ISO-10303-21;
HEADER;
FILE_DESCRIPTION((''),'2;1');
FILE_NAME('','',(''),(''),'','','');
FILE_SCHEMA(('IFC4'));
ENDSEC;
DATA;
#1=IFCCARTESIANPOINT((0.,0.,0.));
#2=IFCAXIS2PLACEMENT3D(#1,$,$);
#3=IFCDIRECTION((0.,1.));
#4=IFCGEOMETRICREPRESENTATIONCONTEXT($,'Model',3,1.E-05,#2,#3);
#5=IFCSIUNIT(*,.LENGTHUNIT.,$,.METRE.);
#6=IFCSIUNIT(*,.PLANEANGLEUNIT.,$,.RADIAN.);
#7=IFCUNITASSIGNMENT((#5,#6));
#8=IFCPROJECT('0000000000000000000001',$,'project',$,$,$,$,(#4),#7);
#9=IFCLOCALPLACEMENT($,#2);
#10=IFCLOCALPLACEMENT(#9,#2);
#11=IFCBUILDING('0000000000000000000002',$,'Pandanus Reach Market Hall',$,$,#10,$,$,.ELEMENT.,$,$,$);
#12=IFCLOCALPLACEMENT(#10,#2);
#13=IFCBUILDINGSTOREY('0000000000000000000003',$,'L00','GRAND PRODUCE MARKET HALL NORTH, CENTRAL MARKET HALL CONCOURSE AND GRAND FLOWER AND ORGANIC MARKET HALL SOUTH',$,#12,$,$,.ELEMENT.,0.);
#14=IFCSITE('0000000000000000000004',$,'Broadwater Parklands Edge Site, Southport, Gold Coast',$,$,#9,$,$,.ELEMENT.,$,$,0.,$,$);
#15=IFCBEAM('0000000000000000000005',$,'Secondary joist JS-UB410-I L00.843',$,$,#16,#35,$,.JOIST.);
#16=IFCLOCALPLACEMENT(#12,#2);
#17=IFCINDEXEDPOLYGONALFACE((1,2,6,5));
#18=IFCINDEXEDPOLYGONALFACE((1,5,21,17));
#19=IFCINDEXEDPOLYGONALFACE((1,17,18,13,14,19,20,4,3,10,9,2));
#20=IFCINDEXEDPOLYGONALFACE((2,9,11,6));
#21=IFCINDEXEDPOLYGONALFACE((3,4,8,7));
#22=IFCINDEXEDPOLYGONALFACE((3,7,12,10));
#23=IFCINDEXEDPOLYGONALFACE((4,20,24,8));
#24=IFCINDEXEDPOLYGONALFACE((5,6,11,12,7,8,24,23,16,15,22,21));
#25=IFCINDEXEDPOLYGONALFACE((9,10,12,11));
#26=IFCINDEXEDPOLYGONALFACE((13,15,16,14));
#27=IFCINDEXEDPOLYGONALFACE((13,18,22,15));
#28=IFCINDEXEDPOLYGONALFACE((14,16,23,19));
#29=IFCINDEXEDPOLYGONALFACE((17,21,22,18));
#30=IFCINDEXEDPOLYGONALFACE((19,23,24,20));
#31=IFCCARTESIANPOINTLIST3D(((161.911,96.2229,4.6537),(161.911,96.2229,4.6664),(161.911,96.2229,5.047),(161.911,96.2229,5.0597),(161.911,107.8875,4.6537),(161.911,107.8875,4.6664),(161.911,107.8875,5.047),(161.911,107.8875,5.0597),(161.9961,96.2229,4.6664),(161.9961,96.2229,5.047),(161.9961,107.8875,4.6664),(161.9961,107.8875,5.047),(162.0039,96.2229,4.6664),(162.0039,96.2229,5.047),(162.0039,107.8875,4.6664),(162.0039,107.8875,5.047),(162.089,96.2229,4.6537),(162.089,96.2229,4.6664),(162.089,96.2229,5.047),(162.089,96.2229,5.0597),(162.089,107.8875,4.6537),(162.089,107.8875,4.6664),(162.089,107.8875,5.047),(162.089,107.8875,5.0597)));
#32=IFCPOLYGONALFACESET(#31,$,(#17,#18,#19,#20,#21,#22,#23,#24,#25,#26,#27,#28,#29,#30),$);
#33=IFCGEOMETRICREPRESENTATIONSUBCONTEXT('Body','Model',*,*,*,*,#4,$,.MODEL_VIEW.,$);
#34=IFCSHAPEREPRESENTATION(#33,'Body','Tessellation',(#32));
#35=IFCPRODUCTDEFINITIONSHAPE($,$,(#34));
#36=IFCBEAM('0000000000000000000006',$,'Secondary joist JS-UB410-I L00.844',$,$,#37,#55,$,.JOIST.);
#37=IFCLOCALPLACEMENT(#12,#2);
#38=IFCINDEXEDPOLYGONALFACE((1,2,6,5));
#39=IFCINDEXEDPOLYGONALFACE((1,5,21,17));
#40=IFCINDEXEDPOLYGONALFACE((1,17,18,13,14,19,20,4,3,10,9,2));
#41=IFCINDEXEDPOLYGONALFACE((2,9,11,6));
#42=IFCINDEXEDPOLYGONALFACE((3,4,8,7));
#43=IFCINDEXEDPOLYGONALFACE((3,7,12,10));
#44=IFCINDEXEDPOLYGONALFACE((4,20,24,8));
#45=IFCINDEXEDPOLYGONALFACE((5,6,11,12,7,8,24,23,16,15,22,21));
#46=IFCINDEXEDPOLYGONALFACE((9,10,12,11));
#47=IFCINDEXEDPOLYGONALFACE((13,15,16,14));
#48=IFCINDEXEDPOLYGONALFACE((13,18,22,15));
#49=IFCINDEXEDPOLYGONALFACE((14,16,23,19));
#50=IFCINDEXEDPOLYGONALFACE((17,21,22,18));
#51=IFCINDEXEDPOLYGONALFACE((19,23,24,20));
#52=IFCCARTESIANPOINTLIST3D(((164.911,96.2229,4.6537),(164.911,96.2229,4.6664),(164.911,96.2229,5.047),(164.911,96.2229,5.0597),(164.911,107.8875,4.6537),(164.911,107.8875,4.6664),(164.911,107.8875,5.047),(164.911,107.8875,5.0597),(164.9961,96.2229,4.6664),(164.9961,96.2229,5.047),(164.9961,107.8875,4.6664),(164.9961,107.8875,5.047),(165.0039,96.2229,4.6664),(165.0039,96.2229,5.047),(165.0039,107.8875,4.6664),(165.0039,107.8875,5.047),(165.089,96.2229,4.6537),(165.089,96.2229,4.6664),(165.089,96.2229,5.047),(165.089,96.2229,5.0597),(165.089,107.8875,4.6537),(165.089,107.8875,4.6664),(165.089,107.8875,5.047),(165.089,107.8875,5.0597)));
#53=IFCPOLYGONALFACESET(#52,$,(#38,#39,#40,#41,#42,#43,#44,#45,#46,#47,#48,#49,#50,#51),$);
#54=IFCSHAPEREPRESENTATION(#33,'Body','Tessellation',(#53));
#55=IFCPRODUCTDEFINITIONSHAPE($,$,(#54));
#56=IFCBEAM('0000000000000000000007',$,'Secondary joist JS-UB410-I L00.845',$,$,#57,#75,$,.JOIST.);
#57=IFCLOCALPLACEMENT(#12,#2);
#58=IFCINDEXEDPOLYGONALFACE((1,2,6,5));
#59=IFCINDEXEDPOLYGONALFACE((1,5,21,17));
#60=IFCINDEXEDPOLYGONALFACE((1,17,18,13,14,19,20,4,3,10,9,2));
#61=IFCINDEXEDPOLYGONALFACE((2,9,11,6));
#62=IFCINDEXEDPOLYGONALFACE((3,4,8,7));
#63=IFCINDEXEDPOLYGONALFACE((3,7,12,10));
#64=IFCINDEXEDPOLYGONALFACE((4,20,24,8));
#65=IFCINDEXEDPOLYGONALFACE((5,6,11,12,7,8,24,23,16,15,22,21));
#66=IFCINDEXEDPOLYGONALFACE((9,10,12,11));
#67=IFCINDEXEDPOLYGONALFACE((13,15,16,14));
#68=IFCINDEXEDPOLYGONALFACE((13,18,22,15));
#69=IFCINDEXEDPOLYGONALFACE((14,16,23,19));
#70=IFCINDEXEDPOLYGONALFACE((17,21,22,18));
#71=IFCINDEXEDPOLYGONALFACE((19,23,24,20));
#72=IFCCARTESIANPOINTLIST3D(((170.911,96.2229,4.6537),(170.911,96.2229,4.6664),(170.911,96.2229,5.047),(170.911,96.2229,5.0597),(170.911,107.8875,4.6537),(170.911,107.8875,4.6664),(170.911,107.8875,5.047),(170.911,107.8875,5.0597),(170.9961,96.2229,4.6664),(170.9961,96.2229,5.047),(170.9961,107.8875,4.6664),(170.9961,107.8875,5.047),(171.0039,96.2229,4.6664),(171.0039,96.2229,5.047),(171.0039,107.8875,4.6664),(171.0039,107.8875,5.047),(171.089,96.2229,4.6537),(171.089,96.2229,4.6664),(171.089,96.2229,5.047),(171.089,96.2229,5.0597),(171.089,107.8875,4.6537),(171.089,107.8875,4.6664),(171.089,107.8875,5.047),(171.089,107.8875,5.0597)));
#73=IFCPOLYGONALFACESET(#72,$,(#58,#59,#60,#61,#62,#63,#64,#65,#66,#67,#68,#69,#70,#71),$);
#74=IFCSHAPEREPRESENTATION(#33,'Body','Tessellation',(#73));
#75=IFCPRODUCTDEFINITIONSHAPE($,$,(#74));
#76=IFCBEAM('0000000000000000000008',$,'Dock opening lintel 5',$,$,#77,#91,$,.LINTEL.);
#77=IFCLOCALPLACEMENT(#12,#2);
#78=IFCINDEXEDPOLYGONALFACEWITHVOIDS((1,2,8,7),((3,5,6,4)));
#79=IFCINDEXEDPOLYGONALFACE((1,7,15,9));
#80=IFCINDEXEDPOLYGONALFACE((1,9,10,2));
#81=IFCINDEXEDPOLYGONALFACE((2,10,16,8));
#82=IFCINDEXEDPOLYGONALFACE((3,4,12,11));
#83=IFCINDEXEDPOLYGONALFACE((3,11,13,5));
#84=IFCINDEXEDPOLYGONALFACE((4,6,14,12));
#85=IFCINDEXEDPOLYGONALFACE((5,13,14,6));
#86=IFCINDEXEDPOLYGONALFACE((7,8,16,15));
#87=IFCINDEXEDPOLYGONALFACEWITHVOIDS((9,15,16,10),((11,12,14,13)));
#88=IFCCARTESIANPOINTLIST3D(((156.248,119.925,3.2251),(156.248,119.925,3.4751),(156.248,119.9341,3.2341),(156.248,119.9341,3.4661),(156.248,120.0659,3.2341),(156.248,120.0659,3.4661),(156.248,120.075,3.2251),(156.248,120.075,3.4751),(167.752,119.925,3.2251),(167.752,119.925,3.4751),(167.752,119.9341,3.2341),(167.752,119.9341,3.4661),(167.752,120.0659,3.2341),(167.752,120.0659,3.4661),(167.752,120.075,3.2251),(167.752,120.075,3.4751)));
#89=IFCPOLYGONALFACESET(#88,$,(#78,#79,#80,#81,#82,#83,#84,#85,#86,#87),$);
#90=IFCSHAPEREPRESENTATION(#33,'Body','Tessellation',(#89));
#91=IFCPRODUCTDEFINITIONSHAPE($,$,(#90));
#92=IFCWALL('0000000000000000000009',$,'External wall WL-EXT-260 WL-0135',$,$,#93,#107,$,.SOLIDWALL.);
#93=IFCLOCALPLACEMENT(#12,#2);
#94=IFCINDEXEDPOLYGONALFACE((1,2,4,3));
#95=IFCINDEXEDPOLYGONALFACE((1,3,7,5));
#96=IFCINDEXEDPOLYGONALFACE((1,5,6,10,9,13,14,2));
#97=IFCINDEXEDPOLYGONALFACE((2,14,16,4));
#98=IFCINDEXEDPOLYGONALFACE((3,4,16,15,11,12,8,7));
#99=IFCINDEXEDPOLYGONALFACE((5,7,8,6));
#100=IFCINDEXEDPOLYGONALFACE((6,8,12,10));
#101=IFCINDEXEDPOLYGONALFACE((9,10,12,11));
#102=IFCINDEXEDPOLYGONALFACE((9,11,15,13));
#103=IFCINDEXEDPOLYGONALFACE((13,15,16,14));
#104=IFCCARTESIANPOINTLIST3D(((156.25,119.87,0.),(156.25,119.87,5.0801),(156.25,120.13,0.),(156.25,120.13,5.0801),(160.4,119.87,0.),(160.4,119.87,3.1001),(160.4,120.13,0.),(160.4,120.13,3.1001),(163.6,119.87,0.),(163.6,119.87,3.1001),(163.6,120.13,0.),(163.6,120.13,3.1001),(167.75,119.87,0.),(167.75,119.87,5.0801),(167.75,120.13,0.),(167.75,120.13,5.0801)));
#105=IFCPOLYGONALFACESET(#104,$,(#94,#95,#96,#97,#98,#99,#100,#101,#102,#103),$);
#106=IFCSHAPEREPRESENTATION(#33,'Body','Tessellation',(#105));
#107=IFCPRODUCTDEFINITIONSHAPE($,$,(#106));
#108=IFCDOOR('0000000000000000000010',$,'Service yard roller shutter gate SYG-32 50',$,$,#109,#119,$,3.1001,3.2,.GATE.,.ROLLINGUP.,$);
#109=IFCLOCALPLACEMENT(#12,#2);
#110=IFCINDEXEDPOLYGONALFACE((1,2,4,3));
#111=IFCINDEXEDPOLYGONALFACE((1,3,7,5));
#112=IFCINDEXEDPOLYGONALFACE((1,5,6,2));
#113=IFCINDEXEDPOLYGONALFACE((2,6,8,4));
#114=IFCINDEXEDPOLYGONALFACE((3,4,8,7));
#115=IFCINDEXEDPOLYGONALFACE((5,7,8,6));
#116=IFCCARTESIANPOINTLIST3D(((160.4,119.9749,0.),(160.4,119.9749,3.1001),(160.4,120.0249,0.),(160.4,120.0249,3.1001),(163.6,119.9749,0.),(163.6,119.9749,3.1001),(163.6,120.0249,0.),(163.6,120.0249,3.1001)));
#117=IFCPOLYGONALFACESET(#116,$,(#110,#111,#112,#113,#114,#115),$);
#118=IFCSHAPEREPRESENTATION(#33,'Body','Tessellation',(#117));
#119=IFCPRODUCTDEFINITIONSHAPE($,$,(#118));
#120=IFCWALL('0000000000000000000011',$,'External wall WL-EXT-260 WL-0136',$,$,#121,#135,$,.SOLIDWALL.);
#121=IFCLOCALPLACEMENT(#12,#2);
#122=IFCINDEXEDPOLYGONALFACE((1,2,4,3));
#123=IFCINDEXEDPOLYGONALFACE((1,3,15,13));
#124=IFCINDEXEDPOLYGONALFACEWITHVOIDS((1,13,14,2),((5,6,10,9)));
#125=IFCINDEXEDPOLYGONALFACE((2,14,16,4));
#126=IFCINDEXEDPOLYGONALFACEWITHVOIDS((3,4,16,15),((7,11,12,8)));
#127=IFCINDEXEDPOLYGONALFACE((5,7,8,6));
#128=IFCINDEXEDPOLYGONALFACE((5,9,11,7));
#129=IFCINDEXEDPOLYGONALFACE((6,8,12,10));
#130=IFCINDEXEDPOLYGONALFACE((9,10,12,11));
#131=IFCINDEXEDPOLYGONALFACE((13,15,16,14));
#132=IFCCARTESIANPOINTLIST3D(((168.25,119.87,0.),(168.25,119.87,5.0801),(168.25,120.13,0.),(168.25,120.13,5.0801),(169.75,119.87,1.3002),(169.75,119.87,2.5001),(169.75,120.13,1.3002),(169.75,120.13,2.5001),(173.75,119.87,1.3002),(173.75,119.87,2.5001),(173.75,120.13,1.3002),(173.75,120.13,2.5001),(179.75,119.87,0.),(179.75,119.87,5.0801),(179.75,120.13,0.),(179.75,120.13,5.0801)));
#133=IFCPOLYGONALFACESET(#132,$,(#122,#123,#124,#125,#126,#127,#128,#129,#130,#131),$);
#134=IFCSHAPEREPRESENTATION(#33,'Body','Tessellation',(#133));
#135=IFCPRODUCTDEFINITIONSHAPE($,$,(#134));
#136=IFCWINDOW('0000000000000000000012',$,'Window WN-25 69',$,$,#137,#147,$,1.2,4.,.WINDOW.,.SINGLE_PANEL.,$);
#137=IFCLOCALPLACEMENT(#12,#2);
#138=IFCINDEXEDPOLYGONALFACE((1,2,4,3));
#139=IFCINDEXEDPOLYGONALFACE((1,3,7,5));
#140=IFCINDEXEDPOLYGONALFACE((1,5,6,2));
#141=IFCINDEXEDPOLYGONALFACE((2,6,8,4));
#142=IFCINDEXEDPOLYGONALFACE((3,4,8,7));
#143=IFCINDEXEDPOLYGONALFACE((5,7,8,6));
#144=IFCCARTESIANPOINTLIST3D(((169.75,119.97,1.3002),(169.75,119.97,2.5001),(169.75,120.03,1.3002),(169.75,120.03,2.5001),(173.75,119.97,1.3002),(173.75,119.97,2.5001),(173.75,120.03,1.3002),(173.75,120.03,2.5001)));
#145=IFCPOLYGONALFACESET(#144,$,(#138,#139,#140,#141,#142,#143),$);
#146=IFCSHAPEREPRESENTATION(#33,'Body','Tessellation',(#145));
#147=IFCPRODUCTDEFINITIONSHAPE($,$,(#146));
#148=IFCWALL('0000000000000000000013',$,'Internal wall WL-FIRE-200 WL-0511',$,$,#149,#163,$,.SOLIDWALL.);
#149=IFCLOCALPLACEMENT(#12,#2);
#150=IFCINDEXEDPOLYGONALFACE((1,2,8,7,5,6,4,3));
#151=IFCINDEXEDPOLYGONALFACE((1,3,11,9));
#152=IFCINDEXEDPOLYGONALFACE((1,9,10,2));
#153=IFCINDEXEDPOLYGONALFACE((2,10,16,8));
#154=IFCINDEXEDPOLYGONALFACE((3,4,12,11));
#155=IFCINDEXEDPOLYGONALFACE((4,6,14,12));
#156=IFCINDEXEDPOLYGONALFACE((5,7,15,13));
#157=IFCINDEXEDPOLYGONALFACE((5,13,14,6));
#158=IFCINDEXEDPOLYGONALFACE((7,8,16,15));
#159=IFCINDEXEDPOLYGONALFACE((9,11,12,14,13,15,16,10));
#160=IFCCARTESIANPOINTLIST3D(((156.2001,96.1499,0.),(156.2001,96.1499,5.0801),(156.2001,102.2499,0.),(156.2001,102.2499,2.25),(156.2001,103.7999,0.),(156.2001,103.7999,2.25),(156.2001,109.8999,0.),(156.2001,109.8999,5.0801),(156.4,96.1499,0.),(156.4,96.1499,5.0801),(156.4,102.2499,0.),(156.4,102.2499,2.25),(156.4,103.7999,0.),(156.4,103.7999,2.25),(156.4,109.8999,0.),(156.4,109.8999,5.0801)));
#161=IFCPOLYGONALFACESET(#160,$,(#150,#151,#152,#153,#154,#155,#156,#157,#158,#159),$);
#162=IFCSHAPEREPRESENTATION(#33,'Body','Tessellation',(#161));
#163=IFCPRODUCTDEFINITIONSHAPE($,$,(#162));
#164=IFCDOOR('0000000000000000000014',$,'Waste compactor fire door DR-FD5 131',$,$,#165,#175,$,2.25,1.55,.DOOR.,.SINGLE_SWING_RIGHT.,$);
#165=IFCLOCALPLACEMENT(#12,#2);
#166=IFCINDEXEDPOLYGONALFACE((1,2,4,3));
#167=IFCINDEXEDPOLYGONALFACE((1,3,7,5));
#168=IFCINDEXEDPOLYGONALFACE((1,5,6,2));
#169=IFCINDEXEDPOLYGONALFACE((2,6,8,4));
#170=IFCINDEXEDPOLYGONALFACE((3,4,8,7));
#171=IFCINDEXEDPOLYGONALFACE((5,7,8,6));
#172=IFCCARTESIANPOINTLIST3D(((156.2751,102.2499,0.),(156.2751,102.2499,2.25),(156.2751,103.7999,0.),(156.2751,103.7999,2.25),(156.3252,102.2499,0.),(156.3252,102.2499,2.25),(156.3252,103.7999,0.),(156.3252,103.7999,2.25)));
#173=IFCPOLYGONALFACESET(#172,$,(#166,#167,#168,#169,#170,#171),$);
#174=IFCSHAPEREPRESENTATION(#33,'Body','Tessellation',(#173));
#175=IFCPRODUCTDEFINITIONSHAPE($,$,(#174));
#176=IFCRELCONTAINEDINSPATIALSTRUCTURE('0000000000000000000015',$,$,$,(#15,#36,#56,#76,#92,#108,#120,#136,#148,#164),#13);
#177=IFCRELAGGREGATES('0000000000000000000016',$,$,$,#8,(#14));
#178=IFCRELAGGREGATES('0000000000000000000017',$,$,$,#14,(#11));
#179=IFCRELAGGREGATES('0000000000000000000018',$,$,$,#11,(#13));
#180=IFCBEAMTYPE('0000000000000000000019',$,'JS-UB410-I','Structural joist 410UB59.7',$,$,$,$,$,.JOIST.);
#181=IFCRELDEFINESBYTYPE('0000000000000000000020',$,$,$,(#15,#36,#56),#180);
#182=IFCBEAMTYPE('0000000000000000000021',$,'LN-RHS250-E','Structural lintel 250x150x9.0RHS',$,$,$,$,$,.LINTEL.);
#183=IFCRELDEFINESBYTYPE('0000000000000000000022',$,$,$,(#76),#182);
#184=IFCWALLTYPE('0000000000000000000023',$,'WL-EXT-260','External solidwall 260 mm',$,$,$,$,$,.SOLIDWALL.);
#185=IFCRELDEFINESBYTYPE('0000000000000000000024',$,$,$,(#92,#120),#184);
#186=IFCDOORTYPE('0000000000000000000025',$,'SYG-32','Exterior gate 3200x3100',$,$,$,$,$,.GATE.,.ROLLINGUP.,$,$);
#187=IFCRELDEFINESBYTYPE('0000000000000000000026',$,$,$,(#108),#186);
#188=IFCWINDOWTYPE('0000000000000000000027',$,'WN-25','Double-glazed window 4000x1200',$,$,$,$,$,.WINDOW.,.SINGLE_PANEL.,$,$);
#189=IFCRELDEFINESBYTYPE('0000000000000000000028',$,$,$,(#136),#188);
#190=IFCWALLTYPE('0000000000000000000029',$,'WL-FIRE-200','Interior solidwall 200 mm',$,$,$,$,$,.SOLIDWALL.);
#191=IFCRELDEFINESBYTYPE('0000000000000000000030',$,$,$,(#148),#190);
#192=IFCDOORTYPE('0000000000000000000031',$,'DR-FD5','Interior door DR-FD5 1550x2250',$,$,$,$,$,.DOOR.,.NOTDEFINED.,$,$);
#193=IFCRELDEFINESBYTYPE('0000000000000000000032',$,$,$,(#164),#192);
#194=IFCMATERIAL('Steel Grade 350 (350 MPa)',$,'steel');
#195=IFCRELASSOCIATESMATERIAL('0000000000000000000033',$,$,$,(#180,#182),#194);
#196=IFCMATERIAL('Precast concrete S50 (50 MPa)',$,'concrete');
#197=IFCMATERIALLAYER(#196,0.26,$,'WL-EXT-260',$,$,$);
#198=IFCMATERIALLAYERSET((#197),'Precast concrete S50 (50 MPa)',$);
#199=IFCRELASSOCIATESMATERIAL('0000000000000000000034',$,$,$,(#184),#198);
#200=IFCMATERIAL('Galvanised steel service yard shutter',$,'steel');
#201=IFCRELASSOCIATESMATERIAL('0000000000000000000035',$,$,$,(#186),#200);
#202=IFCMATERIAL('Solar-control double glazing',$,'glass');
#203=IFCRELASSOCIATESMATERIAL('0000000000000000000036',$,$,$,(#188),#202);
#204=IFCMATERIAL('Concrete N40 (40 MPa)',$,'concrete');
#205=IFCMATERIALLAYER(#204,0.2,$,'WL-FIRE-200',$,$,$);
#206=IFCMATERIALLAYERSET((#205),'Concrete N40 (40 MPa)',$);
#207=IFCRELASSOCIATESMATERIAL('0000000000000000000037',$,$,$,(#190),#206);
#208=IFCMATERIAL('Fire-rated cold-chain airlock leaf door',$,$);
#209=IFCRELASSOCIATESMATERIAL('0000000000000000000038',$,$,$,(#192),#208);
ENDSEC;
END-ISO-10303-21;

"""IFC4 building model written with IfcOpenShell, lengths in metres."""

from ifc_helpers import new_model, si_unit, direction, frame, frame_2d, origin, origin_2d, place, context, subcontext, project, spatial, rectangle, hollow_rectangle, i_section, extrude, material, layer, layer_set, material_profile, profile_set, type_object, element, fill, save


model = new_model("IFC4")

# Units and contexts
model_context = context("Model", 3, precision=1e-05, world=origin(), true_north=direction((0.0, 1.0)))
body_context = subcontext(model_context, "Body", "Model", "MODEL_VIEW")
ifc_project = project(units=[si_unit("LENGTHUNIT", "METRE"), si_unit("PLANEANGLEUNIT", "RADIAN")], contexts=[model_context])

# Site, building, storey
site_placement = place(None, origin())
site = spatial("IfcSite", under=ifc_project, at=site_placement, Name="Broadwater Parklands Edge Site, Southport, Gold Coast", CompositionType="ELEMENT", RefElevation=0.0)
building_placement = place(site_placement, origin())
building = spatial("IfcBuilding", under=site, at=building_placement, Name="Pandanus Reach Market Hall", CompositionType="ELEMENT")
storey_placement = place(building_placement, origin())
storey = spatial("IfcBuildingStorey", under=building, at=storey_placement, Name="L00", Description="GRAND PRODUCE MARKET HALL NORTH, CENTRAL MARKET HALL CONCOURSE AND GRAND FLOWER AND ORGANIC MARKET HALL SOUTH", CompositionType="ELEMENT", Elevation=0.0)

# Shared definitions
ifc_material_1 = material(Name="Concrete N40 (40 MPa)", Category="concrete")

# Beams
ifc_material_2 = material(Name="Steel Grade 350 (350 MPa)", Category="steel")
ifc_material_profile_1 = material_profile(ifc_material_2, i_section(OverallWidth=0.178, OverallDepth=0.406, WebThickness=0.0078, FlangeThickness=0.0127, at=origin_2d()), Name="410UB59.7", Category="LoadBearing")
ifc_profile_set_1 = profile_set([ifc_material_profile_1], Name="Steel Grade 350 (350 MPa)")
beam_type_1 = type_object("IfcBeamType", Name="JS-UB410-I", Description="Structural joist 410UB59.7", PredefinedType="JOIST", material=ifc_profile_set_1)
for number, where, z_axis, x_axis, name in (
    (1, (162.0, 96.2229, 4.8567), (0.0, 1.0, 0.0), (-1.0, 0.0, 0.0), "Secondary joist JS-UB410-I L00.843"),
    (2, (165.0, 96.2229, 4.8567), (0.0, 1.0, 0.0), (-1.0, 0.0, 0.0), "Secondary joist JS-UB410-I L00.844"),
    (3, (171.0, 96.2229, 4.8567), (0.0, 1.0, 0.0), (-1.0, 0.0, 0.0), "Secondary joist JS-UB410-I L00.845"),
):
    element("IfcBeam", number, at=place(storey_placement, frame(where, z_axis=z_axis, x_axis=x_axis)), inside=storey, type_object=beam_type_1, Name=name, PredefinedType="JOIST", context=body_context, shape_type="SweptSolid", body=[
        extrude(i_section(OverallWidth=0.178, OverallDepth=0.406, WebThickness=0.0078, FlangeThickness=0.0127, at=origin_2d()), origin(), (0.0, 0.0, 1.0), 11.6646),
    ])
ifc_material_profile_2 = material_profile(ifc_material_2, hollow_rectangle(XDim=0.1499, YDim=0.25, WallThickness=0.009, at=origin_2d()), Name="250x150x9.0RHS", Category="LoadBearing")
ifc_profile_set_2 = profile_set([ifc_material_profile_2], Name="Steel Grade 350 (350 MPa)")
beam_type_2 = type_object("IfcBeamType", Name="LN-RHS250-E", Description="Structural lintel 250x150x9.0RHS", PredefinedType="LINTEL", material=ifc_profile_set_2)
beam_1_placement = place(storey_placement, frame((156.248, 120.0, 3.3501), z_axis=(1.0, 0.0, 0.0), x_axis=(0.0, 1.0, 0.0)))
element("IfcBeam", 4, at=beam_1_placement, inside=storey, type_object=beam_type_2, Name="Dock opening lintel 5", PredefinedType="LINTEL", context=body_context, shape_type="SweptSolid", body=[
    extrude(hollow_rectangle(XDim=0.1499, YDim=0.25, WallThickness=0.009, at=origin_2d()), origin(), (0.0, 0.0, 1.0), 11.5039),
])

# Wall, opening, door
ifc_material_3 = material(Name="Precast concrete S50 (50 MPa)", Category="concrete")
ifc_layer_1 = layer(ifc_material_3, 0.26, Name="WL-EXT-260")
ifc_layer_set_1 = layer_set([ifc_layer_1], Name="Precast concrete S50 (50 MPa)")
wall_type_1 = type_object("IfcWallType", Name="WL-EXT-260", Description="External solidwall 260 mm", PredefinedType="SOLIDWALL", material=ifc_layer_set_1)
wall_1_placement = place(storey_placement, frame((156.25, 120.0, 0.0), z_axis=(0.0, 0.0, 1.0), x_axis=(1.0, 0.0, 0.0)))
wall_1 = element("IfcWall", 5, at=wall_1_placement, inside=storey, type_object=wall_type_1, Name="External wall WL-EXT-260 WL-0135", PredefinedType="SOLIDWALL", context=body_context, shape_type="SweptSolid", body=[
    extrude(rectangle(XDim=11.5, YDim=0.26, at=frame_2d((5.75, 0.0))), origin(), (0.0, 0.0, 1.0), 5.0801),
])
opening_1_placement = place(wall_1_placement, frame((4.1499, 0.0, 0.0)))
opening_1 = element("IfcOpeningElement", 6, at=opening_1_placement, cuts=wall_1, PredefinedType="OPENING", context=body_context, shape_type="SweptSolid", body=[
    extrude(rectangle(XDim=3.2, YDim=3.1001, at=frame_2d((1.6001, 1.55))), frame((0.0, 0.145, 0.0), z_axis=(0.0, -1.0, 0.0), x_axis=(1.0, 0.0, 0.0)), (0.0, 0.0, 1.0), 0.29),
])
ifc_material_4 = material(Name="Galvanised steel service yard shutter", Category="steel")
door_type_1 = type_object("IfcDoorType", Name="SYG-32", Description="Exterior gate 3200x3100", OperationType="ROLLINGUP", PredefinedType="GATE", material=ifc_material_4)
door_1_placement = place(opening_1_placement, origin())
door_1 = element("IfcDoor", 7, at=door_1_placement, inside=storey, type_object=door_type_1, Name="Service yard roller shutter gate SYG-32 50", OperationType="ROLLINGUP", OverallHeight=3.1001, OverallWidth=3.2, PredefinedType="GATE", context=body_context, shape_type="SweptSolid", body=[
    extrude(rectangle(XDim=3.2, YDim=3.1001, at=frame_2d((1.6001, 1.55))), frame((0.0, 0.0249, 0.0), z_axis=(0.0, -1.0, 0.0), x_axis=(1.0, 0.0, 0.0)), (0.0, 0.0, 1.0), 0.05),
])
fill(opening_1, door_1)

# Wall, opening, window
wall_2_placement = place(storey_placement, frame((168.25, 120.0, 0.0), z_axis=(0.0, 0.0, 1.0), x_axis=(1.0, 0.0, 0.0)))
wall_2 = element("IfcWall", 8, at=wall_2_placement, inside=storey, type_object=wall_type_1, Name="External wall WL-EXT-260 WL-0136", PredefinedType="SOLIDWALL", context=body_context, shape_type="SweptSolid", body=[
    extrude(rectangle(XDim=11.5, YDim=0.26, at=frame_2d((5.75, 0.0))), origin(), (0.0, 0.0, 1.0), 5.0801),
])
opening_2_placement = place(wall_2_placement, frame((1.5, 0.0, 1.3)))
opening_2 = element("IfcOpeningElement", 9, at=opening_2_placement, cuts=wall_2, PredefinedType="OPENING", context=body_context, shape_type="SweptSolid", body=[
    extrude(rectangle(XDim=4.0, YDim=1.2, at=frame_2d((2.0, 0.6001))), frame((0.0, 0.145, 0.0), z_axis=(0.0, -1.0, 0.0), x_axis=(1.0, 0.0, 0.0)), (0.0, 0.0, 1.0), 0.29),
])
ifc_material_5 = material(Name="Solar-control double glazing", Category="glass")
window_type = type_object("IfcWindowType", Name="WN-25", Description="Double-glazed window 4000x1200", PartitioningType="SINGLE_PANEL", PredefinedType="WINDOW", material=ifc_material_5)
window_placement = place(opening_2_placement, origin())
window = element("IfcWindow", 10, at=window_placement, inside=storey, type_object=window_type, Name="Window WN-25 69", OverallHeight=1.2, OverallWidth=4.0, PartitioningType="SINGLE_PANEL", PredefinedType="WINDOW", context=body_context, shape_type="SweptSolid", body=[
    extrude(rectangle(XDim=4.0, YDim=1.2, at=frame_2d((2.0, 0.6001))), frame((0.0, 0.03, 0.0), z_axis=(0.0, -1.0, 0.0), x_axis=(1.0, 0.0, 0.0)), (0.0, 0.0, 1.0), 0.0601),
])
fill(opening_2, window)

# Wall, opening, door
ifc_layer_2 = layer(ifc_material_1, 0.2, Name="WL-FIRE-200")
ifc_layer_set_2 = layer_set([ifc_layer_2], Name="Concrete N40 (40 MPa)")
wall_type_2 = type_object("IfcWallType", Name="WL-FIRE-200", Description="Interior solidwall 200 mm", PredefinedType="SOLIDWALL", material=ifc_layer_set_2)
wall_3_placement = place(storey_placement, frame((156.3, 96.1499, 0.0), z_axis=(0.0, 0.0, 1.0), x_axis=(0.0, 1.0, 0.0)))
wall_3 = element("IfcWall", 11, at=wall_3_placement, inside=storey, type_object=wall_type_2, Name="Internal wall WL-FIRE-200 WL-0511", PredefinedType="SOLIDWALL", context=body_context, shape_type="SweptSolid", body=[
    extrude(rectangle(XDim=13.75, YDim=0.2, at=frame_2d((6.875, 0.0))), origin(), (0.0, 0.0, 1.0), 5.0801),
])
opening_3_placement = place(wall_3_placement, frame((6.1001, 0.0, 0.0)))
opening_3 = element("IfcOpeningElement", 12, at=opening_3_placement, cuts=wall_3, PredefinedType="OPENING", context=body_context, shape_type="SweptSolid", body=[
    extrude(rectangle(XDim=1.55, YDim=2.25, at=frame_2d((0.7749, 1.125))), frame((0.0, 0.115, 0.0), z_axis=(0.0, -1.0, 0.0), x_axis=(1.0, 0.0, 0.0)), (0.0, 0.0, 1.0), 0.23),
])
ifc_material_6 = material(Name="Fire-rated cold-chain airlock leaf door")
door_type_2 = type_object("IfcDoorType", Name="DR-FD5", Description="Interior door DR-FD5 1550x2250", OperationType="NOTDEFINED", PredefinedType="DOOR", material=ifc_material_6)
door_2_placement = place(opening_3_placement, origin())
door_2 = element("IfcDoor", 13, at=door_2_placement, inside=storey, type_object=door_type_2, Name="Waste compactor fire door DR-FD5 131", OperationType="SINGLE_SWING_RIGHT", OverallHeight=2.25, OverallWidth=1.55, PredefinedType="DOOR", context=body_context, shape_type="SweptSolid", body=[
    extrude(rectangle(XDim=1.55, YDim=2.25, at=frame_2d((0.7749, 1.125))), frame((0.0, 0.0249, 0.0), z_axis=(0.0, -1.0, 0.0), x_axis=(1.0, 0.0, 0.0)), (0.0, 0.0, 1.0), 0.05),
])
fill(opening_3, door_2)

save(model, "model.ifc")
